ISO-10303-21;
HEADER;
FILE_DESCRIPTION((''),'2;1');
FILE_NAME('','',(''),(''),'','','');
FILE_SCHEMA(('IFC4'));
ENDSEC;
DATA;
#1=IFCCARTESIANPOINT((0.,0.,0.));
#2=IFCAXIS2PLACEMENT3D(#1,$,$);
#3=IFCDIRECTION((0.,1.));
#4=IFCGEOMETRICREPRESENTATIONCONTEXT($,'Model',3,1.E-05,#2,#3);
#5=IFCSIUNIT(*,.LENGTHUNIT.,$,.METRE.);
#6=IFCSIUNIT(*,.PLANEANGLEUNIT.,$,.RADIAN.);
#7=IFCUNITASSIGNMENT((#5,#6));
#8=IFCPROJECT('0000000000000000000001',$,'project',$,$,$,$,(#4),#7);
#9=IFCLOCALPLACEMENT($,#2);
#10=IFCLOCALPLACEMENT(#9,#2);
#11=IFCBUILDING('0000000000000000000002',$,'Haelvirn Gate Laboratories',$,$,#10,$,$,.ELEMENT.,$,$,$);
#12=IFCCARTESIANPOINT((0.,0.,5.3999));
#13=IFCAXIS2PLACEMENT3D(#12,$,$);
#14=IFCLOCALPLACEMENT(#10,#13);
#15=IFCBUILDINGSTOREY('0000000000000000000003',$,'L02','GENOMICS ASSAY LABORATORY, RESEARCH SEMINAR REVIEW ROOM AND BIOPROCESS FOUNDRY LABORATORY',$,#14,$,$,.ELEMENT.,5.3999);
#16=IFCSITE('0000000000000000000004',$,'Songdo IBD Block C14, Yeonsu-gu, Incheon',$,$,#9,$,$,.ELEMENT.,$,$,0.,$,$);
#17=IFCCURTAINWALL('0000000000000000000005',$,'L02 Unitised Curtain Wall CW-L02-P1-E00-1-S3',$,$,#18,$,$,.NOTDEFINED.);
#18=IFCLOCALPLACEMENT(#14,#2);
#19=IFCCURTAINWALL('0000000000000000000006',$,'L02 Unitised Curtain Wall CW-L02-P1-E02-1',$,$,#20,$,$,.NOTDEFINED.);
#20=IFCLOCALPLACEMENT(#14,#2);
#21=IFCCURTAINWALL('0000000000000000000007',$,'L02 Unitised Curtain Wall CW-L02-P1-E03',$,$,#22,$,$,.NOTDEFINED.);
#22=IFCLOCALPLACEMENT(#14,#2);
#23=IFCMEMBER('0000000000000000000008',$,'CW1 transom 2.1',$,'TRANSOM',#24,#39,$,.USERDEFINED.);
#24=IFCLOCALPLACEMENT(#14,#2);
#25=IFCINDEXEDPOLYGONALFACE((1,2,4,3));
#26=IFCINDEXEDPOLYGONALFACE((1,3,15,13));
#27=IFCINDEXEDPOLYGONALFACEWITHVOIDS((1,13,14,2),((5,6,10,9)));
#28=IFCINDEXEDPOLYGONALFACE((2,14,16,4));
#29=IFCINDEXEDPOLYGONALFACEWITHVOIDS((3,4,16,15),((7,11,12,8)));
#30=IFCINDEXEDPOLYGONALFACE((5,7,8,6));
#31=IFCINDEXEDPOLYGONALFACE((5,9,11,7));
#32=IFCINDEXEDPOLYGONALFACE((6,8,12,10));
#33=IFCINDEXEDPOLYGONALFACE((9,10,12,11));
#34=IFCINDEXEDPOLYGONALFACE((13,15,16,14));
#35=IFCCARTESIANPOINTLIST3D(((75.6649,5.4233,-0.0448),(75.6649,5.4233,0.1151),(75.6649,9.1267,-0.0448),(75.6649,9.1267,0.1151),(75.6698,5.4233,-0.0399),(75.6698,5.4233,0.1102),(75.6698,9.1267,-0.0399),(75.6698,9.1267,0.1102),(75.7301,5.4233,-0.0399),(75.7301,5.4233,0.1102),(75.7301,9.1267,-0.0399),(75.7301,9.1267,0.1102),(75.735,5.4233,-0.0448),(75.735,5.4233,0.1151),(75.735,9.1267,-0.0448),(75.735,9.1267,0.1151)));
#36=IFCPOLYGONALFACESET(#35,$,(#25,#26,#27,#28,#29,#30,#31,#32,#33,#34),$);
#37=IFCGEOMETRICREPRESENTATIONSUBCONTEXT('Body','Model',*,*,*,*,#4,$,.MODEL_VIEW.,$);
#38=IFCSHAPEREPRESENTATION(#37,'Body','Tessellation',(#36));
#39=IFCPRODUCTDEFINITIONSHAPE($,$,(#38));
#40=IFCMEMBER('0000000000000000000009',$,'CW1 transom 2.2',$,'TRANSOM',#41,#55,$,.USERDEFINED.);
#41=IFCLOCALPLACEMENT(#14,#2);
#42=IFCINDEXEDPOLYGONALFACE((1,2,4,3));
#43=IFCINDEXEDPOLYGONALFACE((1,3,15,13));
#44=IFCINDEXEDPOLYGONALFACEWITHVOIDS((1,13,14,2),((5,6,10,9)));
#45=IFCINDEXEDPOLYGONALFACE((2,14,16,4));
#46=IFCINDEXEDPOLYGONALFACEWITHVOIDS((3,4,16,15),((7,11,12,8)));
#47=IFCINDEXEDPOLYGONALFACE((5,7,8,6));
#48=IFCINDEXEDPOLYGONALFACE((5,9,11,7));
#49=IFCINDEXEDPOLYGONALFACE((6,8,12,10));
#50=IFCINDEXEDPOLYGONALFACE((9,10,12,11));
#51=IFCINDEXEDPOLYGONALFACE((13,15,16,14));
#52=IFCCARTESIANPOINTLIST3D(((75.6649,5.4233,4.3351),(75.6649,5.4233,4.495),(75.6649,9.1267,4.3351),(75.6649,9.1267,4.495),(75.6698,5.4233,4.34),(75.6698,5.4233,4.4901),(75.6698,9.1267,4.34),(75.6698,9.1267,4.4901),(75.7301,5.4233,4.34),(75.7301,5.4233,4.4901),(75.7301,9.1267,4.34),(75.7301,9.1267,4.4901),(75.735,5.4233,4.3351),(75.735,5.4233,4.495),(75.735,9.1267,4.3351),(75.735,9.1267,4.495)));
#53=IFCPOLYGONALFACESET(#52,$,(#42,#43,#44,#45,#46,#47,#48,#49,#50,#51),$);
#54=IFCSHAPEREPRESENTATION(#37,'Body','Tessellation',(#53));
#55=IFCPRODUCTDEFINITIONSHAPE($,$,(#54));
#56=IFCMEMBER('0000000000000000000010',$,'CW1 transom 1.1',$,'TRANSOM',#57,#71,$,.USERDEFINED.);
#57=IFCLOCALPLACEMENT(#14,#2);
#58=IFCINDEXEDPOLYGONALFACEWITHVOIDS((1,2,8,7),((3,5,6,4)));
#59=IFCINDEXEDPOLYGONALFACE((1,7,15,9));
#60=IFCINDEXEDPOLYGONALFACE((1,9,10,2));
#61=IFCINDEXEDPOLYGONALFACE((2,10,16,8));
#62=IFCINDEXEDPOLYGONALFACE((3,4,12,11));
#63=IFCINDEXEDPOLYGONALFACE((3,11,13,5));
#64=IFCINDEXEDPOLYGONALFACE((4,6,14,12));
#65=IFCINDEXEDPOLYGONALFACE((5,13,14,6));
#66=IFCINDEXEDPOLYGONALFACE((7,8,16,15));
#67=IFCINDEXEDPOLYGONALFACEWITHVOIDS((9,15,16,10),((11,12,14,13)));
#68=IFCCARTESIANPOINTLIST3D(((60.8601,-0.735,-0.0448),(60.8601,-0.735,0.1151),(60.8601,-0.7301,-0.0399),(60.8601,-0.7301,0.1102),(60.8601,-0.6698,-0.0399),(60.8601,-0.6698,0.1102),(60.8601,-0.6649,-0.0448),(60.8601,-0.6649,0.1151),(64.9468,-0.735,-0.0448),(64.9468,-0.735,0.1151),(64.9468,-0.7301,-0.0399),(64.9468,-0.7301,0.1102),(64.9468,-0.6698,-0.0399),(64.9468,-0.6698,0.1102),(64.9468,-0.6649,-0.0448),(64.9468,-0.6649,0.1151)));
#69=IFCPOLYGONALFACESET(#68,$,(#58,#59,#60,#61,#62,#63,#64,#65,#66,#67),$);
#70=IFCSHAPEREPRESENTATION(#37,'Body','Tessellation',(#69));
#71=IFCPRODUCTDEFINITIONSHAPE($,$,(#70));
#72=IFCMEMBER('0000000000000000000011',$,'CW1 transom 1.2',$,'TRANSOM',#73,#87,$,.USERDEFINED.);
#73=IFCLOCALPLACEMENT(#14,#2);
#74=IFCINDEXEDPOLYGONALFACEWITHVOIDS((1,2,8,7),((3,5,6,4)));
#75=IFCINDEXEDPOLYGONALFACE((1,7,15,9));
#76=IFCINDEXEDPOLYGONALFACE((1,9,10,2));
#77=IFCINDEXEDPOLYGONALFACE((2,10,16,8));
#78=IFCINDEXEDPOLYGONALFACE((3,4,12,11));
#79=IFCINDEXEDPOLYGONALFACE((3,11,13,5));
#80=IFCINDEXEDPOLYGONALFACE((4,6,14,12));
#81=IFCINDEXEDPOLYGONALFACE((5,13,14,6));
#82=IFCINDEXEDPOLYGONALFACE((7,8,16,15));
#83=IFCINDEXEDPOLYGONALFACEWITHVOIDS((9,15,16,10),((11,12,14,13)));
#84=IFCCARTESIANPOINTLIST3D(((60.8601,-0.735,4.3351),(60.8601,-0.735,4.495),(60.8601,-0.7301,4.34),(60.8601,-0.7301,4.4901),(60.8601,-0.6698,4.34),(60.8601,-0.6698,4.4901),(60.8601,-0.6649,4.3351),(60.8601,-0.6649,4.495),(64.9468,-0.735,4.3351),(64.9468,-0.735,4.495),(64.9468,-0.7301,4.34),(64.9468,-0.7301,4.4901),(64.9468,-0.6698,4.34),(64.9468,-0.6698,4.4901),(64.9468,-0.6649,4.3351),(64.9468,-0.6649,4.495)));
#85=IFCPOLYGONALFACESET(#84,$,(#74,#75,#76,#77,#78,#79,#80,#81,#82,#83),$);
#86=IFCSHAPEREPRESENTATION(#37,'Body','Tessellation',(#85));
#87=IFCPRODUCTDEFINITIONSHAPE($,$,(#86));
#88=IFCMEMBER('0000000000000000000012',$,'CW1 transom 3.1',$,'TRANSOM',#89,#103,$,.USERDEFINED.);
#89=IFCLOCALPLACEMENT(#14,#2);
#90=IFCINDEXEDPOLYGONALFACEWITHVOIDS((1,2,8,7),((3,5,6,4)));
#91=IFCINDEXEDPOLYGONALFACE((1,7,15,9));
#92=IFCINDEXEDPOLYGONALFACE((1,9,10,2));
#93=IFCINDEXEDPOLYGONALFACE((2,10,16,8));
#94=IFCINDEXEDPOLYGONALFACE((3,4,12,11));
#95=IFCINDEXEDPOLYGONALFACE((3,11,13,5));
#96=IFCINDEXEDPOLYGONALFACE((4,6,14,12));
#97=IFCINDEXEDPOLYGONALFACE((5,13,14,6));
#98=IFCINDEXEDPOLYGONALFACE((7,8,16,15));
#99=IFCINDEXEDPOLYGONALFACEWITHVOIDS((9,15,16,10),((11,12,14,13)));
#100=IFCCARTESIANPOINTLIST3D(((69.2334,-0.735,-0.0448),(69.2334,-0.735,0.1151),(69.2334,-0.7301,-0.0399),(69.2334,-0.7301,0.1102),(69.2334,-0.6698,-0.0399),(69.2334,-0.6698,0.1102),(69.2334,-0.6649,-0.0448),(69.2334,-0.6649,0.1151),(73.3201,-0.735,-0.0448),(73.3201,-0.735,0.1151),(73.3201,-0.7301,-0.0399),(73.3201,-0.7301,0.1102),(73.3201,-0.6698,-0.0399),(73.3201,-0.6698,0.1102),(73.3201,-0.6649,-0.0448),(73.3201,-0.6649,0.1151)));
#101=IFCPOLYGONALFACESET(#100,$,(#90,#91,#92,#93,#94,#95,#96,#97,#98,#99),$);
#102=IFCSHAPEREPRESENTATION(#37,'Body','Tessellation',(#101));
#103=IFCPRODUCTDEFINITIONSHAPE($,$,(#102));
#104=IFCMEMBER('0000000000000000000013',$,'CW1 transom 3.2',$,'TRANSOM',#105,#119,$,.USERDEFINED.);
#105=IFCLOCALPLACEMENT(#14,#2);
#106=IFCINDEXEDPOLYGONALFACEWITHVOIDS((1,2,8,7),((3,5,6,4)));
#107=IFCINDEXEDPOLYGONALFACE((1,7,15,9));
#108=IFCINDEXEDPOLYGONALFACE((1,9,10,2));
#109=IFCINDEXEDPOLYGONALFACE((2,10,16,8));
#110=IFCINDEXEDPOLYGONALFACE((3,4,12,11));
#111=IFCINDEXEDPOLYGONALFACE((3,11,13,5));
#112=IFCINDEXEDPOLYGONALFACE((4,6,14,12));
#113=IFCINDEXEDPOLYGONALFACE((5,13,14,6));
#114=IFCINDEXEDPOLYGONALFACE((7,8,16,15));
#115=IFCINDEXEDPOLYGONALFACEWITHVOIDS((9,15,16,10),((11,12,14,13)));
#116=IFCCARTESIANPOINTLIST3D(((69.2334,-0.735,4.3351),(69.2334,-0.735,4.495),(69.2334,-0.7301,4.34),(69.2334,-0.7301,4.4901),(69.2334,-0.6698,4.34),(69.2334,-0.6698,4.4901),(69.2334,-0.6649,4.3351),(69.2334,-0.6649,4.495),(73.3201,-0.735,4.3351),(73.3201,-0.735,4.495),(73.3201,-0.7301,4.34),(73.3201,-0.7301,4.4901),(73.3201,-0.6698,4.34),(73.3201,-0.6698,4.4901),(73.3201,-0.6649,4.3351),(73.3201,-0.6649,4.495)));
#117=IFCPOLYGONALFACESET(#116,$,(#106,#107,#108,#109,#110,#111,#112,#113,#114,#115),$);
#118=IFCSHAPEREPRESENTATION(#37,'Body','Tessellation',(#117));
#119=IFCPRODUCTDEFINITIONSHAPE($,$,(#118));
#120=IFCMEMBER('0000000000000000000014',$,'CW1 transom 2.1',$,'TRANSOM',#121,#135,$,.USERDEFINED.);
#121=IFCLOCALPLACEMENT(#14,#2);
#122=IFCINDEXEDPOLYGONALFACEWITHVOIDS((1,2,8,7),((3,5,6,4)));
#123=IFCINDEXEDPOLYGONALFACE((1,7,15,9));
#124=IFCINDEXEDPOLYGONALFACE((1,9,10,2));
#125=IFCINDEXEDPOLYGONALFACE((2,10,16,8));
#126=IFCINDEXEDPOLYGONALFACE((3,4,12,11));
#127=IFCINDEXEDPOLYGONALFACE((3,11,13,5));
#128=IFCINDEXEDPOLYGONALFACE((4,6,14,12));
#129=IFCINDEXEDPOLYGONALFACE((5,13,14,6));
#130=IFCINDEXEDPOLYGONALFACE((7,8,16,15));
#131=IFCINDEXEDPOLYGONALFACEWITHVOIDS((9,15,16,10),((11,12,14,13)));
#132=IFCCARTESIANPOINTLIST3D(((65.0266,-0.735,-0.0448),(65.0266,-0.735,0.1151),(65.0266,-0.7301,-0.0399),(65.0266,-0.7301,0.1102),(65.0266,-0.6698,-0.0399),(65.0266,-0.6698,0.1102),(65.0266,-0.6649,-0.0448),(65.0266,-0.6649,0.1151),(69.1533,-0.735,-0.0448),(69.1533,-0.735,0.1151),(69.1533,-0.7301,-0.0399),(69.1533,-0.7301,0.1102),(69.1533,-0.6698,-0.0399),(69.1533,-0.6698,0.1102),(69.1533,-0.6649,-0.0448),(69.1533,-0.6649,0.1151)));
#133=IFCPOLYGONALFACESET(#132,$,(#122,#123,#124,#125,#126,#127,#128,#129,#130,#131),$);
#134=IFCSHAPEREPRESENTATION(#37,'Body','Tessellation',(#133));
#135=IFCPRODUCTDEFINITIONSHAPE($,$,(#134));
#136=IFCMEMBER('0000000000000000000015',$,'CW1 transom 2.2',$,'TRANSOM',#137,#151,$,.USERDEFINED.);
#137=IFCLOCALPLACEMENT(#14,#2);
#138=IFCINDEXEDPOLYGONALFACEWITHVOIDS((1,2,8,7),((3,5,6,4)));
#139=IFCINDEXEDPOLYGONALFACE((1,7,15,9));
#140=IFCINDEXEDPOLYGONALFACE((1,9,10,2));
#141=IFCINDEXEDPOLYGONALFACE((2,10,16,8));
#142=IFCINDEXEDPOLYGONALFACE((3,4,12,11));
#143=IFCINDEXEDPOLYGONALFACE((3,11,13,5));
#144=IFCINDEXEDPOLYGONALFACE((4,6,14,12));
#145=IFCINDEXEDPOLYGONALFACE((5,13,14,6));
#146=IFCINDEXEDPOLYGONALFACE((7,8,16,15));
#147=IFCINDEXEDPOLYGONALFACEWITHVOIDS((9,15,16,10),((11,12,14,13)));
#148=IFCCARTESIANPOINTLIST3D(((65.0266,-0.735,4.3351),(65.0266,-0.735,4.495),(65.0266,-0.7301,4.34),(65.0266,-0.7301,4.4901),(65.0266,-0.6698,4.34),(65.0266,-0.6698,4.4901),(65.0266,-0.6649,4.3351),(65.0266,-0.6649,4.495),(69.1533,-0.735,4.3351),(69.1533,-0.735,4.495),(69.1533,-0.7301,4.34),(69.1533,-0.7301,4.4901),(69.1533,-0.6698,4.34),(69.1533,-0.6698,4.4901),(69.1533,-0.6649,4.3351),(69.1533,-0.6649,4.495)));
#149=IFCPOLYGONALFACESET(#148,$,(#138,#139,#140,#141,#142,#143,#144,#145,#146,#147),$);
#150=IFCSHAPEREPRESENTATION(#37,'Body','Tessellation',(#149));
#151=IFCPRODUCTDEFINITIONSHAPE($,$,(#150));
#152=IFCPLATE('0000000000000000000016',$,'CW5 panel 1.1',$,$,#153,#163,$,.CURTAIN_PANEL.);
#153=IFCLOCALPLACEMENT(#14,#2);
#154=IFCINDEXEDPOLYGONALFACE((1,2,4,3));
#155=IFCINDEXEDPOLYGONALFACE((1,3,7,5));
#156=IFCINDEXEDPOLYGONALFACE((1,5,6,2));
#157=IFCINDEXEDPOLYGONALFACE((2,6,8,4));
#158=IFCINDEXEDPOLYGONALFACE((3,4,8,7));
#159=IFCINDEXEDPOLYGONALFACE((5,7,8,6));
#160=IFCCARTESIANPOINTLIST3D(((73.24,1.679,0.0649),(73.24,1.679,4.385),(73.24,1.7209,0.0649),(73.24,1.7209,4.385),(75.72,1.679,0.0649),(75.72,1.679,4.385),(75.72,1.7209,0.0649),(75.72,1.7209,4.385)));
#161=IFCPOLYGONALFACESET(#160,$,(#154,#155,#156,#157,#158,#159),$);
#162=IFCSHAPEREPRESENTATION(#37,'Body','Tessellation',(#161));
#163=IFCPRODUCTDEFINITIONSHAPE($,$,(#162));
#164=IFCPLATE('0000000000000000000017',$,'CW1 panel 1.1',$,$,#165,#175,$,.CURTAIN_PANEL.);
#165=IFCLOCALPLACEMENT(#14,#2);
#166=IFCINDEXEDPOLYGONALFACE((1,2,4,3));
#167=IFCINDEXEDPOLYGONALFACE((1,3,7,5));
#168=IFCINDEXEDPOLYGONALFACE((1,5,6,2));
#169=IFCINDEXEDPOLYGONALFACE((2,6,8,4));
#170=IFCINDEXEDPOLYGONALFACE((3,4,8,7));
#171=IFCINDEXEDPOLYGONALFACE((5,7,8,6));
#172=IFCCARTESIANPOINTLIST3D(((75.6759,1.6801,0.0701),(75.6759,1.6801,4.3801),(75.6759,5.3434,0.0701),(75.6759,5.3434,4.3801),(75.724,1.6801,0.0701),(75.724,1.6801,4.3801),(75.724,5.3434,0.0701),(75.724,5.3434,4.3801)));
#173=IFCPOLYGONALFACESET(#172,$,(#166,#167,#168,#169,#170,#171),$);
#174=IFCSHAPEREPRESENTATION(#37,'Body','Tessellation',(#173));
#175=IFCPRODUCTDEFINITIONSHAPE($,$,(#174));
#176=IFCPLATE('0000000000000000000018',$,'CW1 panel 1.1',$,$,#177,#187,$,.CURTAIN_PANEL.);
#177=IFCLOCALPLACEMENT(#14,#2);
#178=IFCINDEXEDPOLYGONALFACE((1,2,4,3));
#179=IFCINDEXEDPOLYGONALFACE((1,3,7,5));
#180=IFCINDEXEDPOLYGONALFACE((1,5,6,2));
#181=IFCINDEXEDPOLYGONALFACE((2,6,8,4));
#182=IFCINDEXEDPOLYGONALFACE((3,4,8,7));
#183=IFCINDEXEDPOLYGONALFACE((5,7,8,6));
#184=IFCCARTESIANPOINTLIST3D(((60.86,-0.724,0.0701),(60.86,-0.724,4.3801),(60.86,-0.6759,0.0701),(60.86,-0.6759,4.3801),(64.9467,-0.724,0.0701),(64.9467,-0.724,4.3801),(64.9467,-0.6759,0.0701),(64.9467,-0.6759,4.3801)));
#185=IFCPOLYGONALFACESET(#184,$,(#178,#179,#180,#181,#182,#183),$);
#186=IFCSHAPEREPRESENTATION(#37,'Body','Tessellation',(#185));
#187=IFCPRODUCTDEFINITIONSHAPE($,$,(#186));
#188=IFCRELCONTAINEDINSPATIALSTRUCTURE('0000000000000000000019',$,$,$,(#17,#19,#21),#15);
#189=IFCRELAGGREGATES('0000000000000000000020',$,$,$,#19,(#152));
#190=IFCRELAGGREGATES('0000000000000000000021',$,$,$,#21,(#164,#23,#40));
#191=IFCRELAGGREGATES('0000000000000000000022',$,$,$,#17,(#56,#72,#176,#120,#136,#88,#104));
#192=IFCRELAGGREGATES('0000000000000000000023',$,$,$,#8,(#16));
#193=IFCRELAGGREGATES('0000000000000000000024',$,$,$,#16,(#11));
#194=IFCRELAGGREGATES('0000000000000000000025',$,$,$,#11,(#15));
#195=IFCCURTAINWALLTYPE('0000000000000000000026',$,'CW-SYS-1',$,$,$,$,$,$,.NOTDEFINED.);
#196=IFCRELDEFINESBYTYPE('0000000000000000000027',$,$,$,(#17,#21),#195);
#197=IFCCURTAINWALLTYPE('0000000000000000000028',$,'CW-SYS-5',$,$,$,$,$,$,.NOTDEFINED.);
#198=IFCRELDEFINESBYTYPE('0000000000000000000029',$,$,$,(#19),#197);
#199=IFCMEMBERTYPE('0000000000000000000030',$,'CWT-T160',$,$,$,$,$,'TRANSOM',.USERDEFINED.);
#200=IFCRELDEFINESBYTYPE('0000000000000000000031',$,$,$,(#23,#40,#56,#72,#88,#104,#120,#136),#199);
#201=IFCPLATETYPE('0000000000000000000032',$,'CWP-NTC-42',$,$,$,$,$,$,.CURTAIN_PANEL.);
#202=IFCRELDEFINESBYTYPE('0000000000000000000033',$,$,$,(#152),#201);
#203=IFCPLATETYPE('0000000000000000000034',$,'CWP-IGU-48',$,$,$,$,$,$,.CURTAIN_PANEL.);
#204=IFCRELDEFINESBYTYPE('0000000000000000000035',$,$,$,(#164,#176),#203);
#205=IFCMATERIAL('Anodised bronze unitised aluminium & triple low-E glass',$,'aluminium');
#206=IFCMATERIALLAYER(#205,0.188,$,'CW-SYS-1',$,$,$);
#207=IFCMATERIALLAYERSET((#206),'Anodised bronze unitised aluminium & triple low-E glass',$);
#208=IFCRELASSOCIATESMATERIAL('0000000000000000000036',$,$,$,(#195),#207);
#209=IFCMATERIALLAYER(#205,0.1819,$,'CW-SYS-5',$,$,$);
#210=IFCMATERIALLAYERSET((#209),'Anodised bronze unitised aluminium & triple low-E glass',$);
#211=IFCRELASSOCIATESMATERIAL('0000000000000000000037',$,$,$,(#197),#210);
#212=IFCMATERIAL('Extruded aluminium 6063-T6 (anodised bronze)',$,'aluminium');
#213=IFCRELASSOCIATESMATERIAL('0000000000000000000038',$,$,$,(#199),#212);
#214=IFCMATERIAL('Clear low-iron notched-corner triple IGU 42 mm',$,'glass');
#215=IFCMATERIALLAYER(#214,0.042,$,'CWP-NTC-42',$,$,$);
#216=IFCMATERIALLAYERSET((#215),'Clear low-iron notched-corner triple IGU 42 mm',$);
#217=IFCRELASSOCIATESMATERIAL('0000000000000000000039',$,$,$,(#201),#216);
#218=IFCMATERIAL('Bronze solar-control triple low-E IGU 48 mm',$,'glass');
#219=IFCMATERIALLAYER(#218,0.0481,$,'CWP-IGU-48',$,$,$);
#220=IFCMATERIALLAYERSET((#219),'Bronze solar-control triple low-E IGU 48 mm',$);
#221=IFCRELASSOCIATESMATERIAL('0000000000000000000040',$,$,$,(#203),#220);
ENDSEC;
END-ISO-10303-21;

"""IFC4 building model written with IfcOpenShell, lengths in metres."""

from ifc_helpers import new_model, si_unit, direction, frame, origin, origin_2d, place, context, subcontext, project, spatial, rectangle, hollow_rectangle, extrude, source, transform, mapped, material, layer, layer_set, material_profile, profile_set, type_object, type_shapes, element, aggregate, save


model = new_model("IFC4")

# Units and contexts
model_context = context("Model", 3, precision=1e-05, world=origin(), true_north=direction((0.0, 1.0)))
body_context = subcontext(model_context, "Body", "Model", "MODEL_VIEW")
ifc_project = project(units=[si_unit("LENGTHUNIT", "METRE"), si_unit("PLANEANGLEUNIT", "RADIAN")], contexts=[model_context])

# Site, building, storey
site_placement = place(None, origin())
site = spatial("IfcSite", under=ifc_project, at=site_placement, Name="Songdo IBD Block C14, Yeonsu-gu, Incheon", CompositionType="ELEMENT", RefElevation=0.0)
building_placement = place(site_placement, origin())
building = spatial("IfcBuilding", under=site, at=building_placement, Name="Haelvirn Gate Laboratories", CompositionType="ELEMENT")
storey_placement = place(building_placement, frame((0.0, 0.0, 5.3999)))
storey = spatial("IfcBuildingStorey", under=building, at=storey_placement, Name="L02", Description="GENOMICS ASSAY LABORATORY, RESEARCH SEMINAR REVIEW ROOM AND BIOPROCESS FOUNDRY LABORATORY", CompositionType="ELEMENT", Elevation=5.3999)

# Curtain walls
ifc_material_1 = material(Name="Anodised bronze unitised aluminium & triple low-E glass", Category="aluminium")
ifc_layer_1 = layer(ifc_material_1, 0.188, Name="CW-SYS-1")
ifc_layer_set_1 = layer_set([ifc_layer_1], Name="Anodised bronze unitised aluminium & triple low-E glass")
curtain_wall_type_1 = type_object("IfcCurtainWallType", Name="CW-SYS-1", PredefinedType="NOTDEFINED", material=ifc_layer_set_1)
curtain_wall_1_placement = place(storey_placement, origin())
curtain_wall_1 = element("IfcCurtainWall", 1, at=curtain_wall_1_placement, inside=storey, type_object=curtain_wall_type_1, Name="L02 Unitised Curtain Wall CW-L02-P1-E00-1-S3", PredefinedType="NOTDEFINED")
ifc_material_2 = material(Name="Extruded aluminium 6063-T6 (anodised bronze)", Category="aluminium")
ifc_layer_2 = layer(ifc_material_1, 0.1819, Name="CW-SYS-5")
ifc_layer_set_2 = layer_set([ifc_layer_2], Name="Anodised bronze unitised aluminium & triple low-E glass")
curtain_wall_type_2 = type_object("IfcCurtainWallType", Name="CW-SYS-5", PredefinedType="NOTDEFINED", material=ifc_layer_set_2)
curtain_wall_2_placement = place(storey_placement, origin())
curtain_wall_2 = element("IfcCurtainWall", 2, at=curtain_wall_2_placement, inside=storey, type_object=curtain_wall_type_2, Name="L02 Unitised Curtain Wall CW-L02-P1-E02-1", PredefinedType="NOTDEFINED")
curtain_wall_3_placement = place(storey_placement, origin())
curtain_wall_3 = element("IfcCurtainWall", 3, at=curtain_wall_3_placement, inside=storey, type_object=curtain_wall_type_1, Name="L02 Unitised Curtain Wall CW-L02-P1-E03", PredefinedType="NOTDEFINED")

# Members
ifc_material_profile_1 = material_profile(ifc_material_2, hollow_rectangle(XDim=0.0701, YDim=0.1599, WallThickness=0.0049, at=origin_2d()), Name="CWT-160x70x5")
ifc_profile_set_1 = profile_set([ifc_material_profile_1], Name="Extruded aluminium 6063-T6 (anodised bronze)")
member_type_1 = type_object("IfcMemberType", Name="CWT-T160", ElementType="TRANSOM", PredefinedType="USERDEFINED", material=ifc_profile_set_1)
shared_shape_1 = source(origin(), body_context, "Body", "SweptSolid", [
    extrude(hollow_rectangle(XDim=0.0701, YDim=0.1599, WallThickness=0.0049, at=origin_2d()), origin(), (0.0, 0.0, 1.0), 3.7034),
])
member_1_placement = place(storey_placement, frame((75.7, 5.4233, 0.0352), z_axis=(0.0, 1.0, 0.0), x_axis=(-1.0, 0.0, 0.0)))
member_1 = element("IfcMember", 4, at=member_1_placement, type_object=member_type_1, Name="CW1 transom 2.1", ObjectType="TRANSOM", PredefinedType="USERDEFINED", context=body_context, shape_type="MappedRepresentation", body=[
    mapped(shared_shape_1, transform((0.0, 0.0, 0.0), scale=1.0)),
])
member_2_placement = place(storey_placement, frame((75.7, 5.4233, 4.415), z_axis=(0.0, 1.0, 0.0), x_axis=(-1.0, 0.0, 0.0)))
member_2 = element("IfcMember", 5, at=member_2_placement, type_object=member_type_1, Name="CW1 transom 2.2", ObjectType="TRANSOM", PredefinedType="USERDEFINED", context=body_context, shape_type="MappedRepresentation", body=[
    mapped(shared_shape_1, transform((0.0, 0.0, 0.0), scale=1.0)),
])
shared_shape_2 = source(origin(), body_context, "Body", "SweptSolid", [
    extrude(hollow_rectangle(XDim=0.0701, YDim=0.1599, WallThickness=0.0049, at=origin_2d()), origin(), (0.0, 0.0, 1.0), 4.0867),
])
member_3_placement = place(storey_placement, frame((60.8601, -0.7, 0.0352), z_axis=(1.0, 0.0, 0.0), x_axis=(0.0, 1.0, 0.0)))
member_3 = element("IfcMember", 6, at=member_3_placement, type_object=member_type_1, Name="CW1 transom 1.1", ObjectType="TRANSOM", PredefinedType="USERDEFINED", context=body_context, shape_type="MappedRepresentation", body=[
    mapped(shared_shape_2, transform((0.0, 0.0, 0.0), scale=1.0)),
])
member_4_placement = place(storey_placement, frame((60.8601, -0.7, 4.415), z_axis=(1.0, 0.0, 0.0), x_axis=(0.0, 1.0, 0.0)))
member_4 = element("IfcMember", 7, at=member_4_placement, type_object=member_type_1, Name="CW1 transom 1.2", ObjectType="TRANSOM", PredefinedType="USERDEFINED", context=body_context, shape_type="MappedRepresentation", body=[
    mapped(shared_shape_2, transform((0.0, 0.0, 0.0), scale=1.0)),
])
member_5_placement = place(storey_placement, frame((69.2334, -0.7, 0.0352), z_axis=(1.0, 0.0, 0.0), x_axis=(0.0, 1.0, 0.0)))
member_5 = element("IfcMember", 8, at=member_5_placement, type_object=member_type_1, Name="CW1 transom 3.1", ObjectType="TRANSOM", PredefinedType="USERDEFINED", context=body_context, shape_type="MappedRepresentation", body=[
    mapped(shared_shape_2, transform((0.0, 0.0, 0.0), scale=1.0)),
])
member_6_placement = place(storey_placement, frame((69.2334, -0.7, 4.415), z_axis=(1.0, 0.0, 0.0), x_axis=(0.0, 1.0, 0.0)))
member_6 = element("IfcMember", 9, at=member_6_placement, type_object=member_type_1, Name="CW1 transom 3.2", ObjectType="TRANSOM", PredefinedType="USERDEFINED", context=body_context, shape_type="MappedRepresentation", body=[
    mapped(shared_shape_2, transform((0.0, 0.0, 0.0), scale=1.0)),
])
shared_shape_3 = source(origin(), body_context, "Body", "SweptSolid", [
    extrude(hollow_rectangle(XDim=0.0701, YDim=0.1599, WallThickness=0.0049, at=origin_2d()), origin(), (0.0, 0.0, 1.0), 4.1267),
])
member_7_placement = place(storey_placement, frame((65.0266, -0.7, 0.0352), z_axis=(1.0, 0.0, 0.0), x_axis=(0.0, 1.0, 0.0)))
member_7 = element("IfcMember", 10, at=member_7_placement, type_object=member_type_1, Name="CW1 transom 2.1", ObjectType="TRANSOM", PredefinedType="USERDEFINED", context=body_context, shape_type="MappedRepresentation", body=[
    mapped(shared_shape_3, transform((0.0, 0.0, 0.0), scale=1.0)),
])
member_8_placement = place(storey_placement, frame((65.0266, -0.7, 4.415), z_axis=(1.0, 0.0, 0.0), x_axis=(0.0, 1.0, 0.0)))
member_8 = element("IfcMember", 11, at=member_8_placement, type_object=member_type_1, Name="CW1 transom 2.2", ObjectType="TRANSOM", PredefinedType="USERDEFINED", context=body_context, shape_type="MappedRepresentation", body=[
    mapped(shared_shape_3, transform((0.0, 0.0, 0.0), scale=1.0)),
])

# Plates
ifc_material_3 = material(Name="Clear low-iron notched-corner triple IGU 42 mm", Category="glass")
ifc_layer_3 = layer(ifc_material_3, 0.042, Name="CWP-NTC-42")
ifc_layer_set_3 = layer_set([ifc_layer_3], Name="Clear low-iron notched-corner triple IGU 42 mm")
plate_type_1 = type_object("IfcPlateType", Name="CWP-NTC-42", PredefinedType="CURTAIN_PANEL", material=ifc_layer_set_3)
shared_shape_4 = source(origin(), body_context, "Body", "SweptSolid", [
    extrude(rectangle(XDim=2.48, YDim=0.042, at=origin_2d()), origin(), (0.0, 0.0, 1.0), 4.3201),
])
type_shapes(plate_type_1, [shared_shape_4])
plate_1_placement = place(storey_placement, frame((74.48, 1.7, 0.0649), z_axis=(0.0, 0.0, 1.0), x_axis=(1.0, 0.0, 0.0)))
plate_1 = element("IfcPlate", 12, at=plate_1_placement, type_object=plate_type_1, Name="CW5 panel 1.1", PredefinedType="CURTAIN_PANEL", context=body_context, shape_type="MappedRepresentation", body=[
    mapped(shared_shape_4, transform((0.0, 0.0, 0.0), scale=1.0)),
])
aggregate(curtain_wall_2, [plate_1])
ifc_material_4 = material(Name="Bronze solar-control triple low-E IGU 48 mm", Category="glass")
ifc_layer_4 = layer(ifc_material_4, 0.0481, Name="CWP-IGU-48")
ifc_layer_set_4 = layer_set([ifc_layer_4], Name="Bronze solar-control triple low-E IGU 48 mm")
plate_type_2 = type_object("IfcPlateType", Name="CWP-IGU-48", PredefinedType="CURTAIN_PANEL", material=ifc_layer_set_4)
shared_shape_5 = source(origin(), body_context, "Body", "SweptSolid", [
    extrude(rectangle(XDim=3.6633, YDim=0.0481, at=origin_2d()), origin(), (0.0, 0.0, 1.0), 4.3101),
])
plate_2_placement = place(storey_placement, frame((75.7, 3.5117, 0.0701), z_axis=(0.0, 0.0, 1.0), x_axis=(0.0, 1.0, 0.0)))
plate_2 = element("IfcPlate", 13, at=plate_2_placement, type_object=plate_type_2, Name="CW1 panel 1.1", PredefinedType="CURTAIN_PANEL", context=body_context, shape_type="MappedRepresentation", body=[
    mapped(shared_shape_5, transform((0.0, 0.0, 0.0), scale=1.0)),
])
aggregate(curtain_wall_3, [plate_2, member_1, member_2])
shared_shape_6 = source(origin(), body_context, "Body", "SweptSolid", [
    extrude(rectangle(XDim=4.0867, YDim=0.0481, at=origin_2d()), origin(), (0.0, 0.0, 1.0), 4.3101),
])
plate_3_placement = place(storey_placement, frame((62.9033, -0.7, 0.0701), z_axis=(0.0, 0.0, 1.0), x_axis=(1.0, 0.0, 0.0)))
plate_3 = element("IfcPlate", 14, at=plate_3_placement, type_object=plate_type_2, Name="CW1 panel 1.1", PredefinedType="CURTAIN_PANEL", context=body_context, shape_type="MappedRepresentation", body=[
    mapped(shared_shape_6, transform((0.0, 0.0, 0.0), scale=1.0)),
])
aggregate(curtain_wall_1, [member_3, member_4, plate_3, member_7, member_8, member_5, member_6])

save(model, "model.ifc")
